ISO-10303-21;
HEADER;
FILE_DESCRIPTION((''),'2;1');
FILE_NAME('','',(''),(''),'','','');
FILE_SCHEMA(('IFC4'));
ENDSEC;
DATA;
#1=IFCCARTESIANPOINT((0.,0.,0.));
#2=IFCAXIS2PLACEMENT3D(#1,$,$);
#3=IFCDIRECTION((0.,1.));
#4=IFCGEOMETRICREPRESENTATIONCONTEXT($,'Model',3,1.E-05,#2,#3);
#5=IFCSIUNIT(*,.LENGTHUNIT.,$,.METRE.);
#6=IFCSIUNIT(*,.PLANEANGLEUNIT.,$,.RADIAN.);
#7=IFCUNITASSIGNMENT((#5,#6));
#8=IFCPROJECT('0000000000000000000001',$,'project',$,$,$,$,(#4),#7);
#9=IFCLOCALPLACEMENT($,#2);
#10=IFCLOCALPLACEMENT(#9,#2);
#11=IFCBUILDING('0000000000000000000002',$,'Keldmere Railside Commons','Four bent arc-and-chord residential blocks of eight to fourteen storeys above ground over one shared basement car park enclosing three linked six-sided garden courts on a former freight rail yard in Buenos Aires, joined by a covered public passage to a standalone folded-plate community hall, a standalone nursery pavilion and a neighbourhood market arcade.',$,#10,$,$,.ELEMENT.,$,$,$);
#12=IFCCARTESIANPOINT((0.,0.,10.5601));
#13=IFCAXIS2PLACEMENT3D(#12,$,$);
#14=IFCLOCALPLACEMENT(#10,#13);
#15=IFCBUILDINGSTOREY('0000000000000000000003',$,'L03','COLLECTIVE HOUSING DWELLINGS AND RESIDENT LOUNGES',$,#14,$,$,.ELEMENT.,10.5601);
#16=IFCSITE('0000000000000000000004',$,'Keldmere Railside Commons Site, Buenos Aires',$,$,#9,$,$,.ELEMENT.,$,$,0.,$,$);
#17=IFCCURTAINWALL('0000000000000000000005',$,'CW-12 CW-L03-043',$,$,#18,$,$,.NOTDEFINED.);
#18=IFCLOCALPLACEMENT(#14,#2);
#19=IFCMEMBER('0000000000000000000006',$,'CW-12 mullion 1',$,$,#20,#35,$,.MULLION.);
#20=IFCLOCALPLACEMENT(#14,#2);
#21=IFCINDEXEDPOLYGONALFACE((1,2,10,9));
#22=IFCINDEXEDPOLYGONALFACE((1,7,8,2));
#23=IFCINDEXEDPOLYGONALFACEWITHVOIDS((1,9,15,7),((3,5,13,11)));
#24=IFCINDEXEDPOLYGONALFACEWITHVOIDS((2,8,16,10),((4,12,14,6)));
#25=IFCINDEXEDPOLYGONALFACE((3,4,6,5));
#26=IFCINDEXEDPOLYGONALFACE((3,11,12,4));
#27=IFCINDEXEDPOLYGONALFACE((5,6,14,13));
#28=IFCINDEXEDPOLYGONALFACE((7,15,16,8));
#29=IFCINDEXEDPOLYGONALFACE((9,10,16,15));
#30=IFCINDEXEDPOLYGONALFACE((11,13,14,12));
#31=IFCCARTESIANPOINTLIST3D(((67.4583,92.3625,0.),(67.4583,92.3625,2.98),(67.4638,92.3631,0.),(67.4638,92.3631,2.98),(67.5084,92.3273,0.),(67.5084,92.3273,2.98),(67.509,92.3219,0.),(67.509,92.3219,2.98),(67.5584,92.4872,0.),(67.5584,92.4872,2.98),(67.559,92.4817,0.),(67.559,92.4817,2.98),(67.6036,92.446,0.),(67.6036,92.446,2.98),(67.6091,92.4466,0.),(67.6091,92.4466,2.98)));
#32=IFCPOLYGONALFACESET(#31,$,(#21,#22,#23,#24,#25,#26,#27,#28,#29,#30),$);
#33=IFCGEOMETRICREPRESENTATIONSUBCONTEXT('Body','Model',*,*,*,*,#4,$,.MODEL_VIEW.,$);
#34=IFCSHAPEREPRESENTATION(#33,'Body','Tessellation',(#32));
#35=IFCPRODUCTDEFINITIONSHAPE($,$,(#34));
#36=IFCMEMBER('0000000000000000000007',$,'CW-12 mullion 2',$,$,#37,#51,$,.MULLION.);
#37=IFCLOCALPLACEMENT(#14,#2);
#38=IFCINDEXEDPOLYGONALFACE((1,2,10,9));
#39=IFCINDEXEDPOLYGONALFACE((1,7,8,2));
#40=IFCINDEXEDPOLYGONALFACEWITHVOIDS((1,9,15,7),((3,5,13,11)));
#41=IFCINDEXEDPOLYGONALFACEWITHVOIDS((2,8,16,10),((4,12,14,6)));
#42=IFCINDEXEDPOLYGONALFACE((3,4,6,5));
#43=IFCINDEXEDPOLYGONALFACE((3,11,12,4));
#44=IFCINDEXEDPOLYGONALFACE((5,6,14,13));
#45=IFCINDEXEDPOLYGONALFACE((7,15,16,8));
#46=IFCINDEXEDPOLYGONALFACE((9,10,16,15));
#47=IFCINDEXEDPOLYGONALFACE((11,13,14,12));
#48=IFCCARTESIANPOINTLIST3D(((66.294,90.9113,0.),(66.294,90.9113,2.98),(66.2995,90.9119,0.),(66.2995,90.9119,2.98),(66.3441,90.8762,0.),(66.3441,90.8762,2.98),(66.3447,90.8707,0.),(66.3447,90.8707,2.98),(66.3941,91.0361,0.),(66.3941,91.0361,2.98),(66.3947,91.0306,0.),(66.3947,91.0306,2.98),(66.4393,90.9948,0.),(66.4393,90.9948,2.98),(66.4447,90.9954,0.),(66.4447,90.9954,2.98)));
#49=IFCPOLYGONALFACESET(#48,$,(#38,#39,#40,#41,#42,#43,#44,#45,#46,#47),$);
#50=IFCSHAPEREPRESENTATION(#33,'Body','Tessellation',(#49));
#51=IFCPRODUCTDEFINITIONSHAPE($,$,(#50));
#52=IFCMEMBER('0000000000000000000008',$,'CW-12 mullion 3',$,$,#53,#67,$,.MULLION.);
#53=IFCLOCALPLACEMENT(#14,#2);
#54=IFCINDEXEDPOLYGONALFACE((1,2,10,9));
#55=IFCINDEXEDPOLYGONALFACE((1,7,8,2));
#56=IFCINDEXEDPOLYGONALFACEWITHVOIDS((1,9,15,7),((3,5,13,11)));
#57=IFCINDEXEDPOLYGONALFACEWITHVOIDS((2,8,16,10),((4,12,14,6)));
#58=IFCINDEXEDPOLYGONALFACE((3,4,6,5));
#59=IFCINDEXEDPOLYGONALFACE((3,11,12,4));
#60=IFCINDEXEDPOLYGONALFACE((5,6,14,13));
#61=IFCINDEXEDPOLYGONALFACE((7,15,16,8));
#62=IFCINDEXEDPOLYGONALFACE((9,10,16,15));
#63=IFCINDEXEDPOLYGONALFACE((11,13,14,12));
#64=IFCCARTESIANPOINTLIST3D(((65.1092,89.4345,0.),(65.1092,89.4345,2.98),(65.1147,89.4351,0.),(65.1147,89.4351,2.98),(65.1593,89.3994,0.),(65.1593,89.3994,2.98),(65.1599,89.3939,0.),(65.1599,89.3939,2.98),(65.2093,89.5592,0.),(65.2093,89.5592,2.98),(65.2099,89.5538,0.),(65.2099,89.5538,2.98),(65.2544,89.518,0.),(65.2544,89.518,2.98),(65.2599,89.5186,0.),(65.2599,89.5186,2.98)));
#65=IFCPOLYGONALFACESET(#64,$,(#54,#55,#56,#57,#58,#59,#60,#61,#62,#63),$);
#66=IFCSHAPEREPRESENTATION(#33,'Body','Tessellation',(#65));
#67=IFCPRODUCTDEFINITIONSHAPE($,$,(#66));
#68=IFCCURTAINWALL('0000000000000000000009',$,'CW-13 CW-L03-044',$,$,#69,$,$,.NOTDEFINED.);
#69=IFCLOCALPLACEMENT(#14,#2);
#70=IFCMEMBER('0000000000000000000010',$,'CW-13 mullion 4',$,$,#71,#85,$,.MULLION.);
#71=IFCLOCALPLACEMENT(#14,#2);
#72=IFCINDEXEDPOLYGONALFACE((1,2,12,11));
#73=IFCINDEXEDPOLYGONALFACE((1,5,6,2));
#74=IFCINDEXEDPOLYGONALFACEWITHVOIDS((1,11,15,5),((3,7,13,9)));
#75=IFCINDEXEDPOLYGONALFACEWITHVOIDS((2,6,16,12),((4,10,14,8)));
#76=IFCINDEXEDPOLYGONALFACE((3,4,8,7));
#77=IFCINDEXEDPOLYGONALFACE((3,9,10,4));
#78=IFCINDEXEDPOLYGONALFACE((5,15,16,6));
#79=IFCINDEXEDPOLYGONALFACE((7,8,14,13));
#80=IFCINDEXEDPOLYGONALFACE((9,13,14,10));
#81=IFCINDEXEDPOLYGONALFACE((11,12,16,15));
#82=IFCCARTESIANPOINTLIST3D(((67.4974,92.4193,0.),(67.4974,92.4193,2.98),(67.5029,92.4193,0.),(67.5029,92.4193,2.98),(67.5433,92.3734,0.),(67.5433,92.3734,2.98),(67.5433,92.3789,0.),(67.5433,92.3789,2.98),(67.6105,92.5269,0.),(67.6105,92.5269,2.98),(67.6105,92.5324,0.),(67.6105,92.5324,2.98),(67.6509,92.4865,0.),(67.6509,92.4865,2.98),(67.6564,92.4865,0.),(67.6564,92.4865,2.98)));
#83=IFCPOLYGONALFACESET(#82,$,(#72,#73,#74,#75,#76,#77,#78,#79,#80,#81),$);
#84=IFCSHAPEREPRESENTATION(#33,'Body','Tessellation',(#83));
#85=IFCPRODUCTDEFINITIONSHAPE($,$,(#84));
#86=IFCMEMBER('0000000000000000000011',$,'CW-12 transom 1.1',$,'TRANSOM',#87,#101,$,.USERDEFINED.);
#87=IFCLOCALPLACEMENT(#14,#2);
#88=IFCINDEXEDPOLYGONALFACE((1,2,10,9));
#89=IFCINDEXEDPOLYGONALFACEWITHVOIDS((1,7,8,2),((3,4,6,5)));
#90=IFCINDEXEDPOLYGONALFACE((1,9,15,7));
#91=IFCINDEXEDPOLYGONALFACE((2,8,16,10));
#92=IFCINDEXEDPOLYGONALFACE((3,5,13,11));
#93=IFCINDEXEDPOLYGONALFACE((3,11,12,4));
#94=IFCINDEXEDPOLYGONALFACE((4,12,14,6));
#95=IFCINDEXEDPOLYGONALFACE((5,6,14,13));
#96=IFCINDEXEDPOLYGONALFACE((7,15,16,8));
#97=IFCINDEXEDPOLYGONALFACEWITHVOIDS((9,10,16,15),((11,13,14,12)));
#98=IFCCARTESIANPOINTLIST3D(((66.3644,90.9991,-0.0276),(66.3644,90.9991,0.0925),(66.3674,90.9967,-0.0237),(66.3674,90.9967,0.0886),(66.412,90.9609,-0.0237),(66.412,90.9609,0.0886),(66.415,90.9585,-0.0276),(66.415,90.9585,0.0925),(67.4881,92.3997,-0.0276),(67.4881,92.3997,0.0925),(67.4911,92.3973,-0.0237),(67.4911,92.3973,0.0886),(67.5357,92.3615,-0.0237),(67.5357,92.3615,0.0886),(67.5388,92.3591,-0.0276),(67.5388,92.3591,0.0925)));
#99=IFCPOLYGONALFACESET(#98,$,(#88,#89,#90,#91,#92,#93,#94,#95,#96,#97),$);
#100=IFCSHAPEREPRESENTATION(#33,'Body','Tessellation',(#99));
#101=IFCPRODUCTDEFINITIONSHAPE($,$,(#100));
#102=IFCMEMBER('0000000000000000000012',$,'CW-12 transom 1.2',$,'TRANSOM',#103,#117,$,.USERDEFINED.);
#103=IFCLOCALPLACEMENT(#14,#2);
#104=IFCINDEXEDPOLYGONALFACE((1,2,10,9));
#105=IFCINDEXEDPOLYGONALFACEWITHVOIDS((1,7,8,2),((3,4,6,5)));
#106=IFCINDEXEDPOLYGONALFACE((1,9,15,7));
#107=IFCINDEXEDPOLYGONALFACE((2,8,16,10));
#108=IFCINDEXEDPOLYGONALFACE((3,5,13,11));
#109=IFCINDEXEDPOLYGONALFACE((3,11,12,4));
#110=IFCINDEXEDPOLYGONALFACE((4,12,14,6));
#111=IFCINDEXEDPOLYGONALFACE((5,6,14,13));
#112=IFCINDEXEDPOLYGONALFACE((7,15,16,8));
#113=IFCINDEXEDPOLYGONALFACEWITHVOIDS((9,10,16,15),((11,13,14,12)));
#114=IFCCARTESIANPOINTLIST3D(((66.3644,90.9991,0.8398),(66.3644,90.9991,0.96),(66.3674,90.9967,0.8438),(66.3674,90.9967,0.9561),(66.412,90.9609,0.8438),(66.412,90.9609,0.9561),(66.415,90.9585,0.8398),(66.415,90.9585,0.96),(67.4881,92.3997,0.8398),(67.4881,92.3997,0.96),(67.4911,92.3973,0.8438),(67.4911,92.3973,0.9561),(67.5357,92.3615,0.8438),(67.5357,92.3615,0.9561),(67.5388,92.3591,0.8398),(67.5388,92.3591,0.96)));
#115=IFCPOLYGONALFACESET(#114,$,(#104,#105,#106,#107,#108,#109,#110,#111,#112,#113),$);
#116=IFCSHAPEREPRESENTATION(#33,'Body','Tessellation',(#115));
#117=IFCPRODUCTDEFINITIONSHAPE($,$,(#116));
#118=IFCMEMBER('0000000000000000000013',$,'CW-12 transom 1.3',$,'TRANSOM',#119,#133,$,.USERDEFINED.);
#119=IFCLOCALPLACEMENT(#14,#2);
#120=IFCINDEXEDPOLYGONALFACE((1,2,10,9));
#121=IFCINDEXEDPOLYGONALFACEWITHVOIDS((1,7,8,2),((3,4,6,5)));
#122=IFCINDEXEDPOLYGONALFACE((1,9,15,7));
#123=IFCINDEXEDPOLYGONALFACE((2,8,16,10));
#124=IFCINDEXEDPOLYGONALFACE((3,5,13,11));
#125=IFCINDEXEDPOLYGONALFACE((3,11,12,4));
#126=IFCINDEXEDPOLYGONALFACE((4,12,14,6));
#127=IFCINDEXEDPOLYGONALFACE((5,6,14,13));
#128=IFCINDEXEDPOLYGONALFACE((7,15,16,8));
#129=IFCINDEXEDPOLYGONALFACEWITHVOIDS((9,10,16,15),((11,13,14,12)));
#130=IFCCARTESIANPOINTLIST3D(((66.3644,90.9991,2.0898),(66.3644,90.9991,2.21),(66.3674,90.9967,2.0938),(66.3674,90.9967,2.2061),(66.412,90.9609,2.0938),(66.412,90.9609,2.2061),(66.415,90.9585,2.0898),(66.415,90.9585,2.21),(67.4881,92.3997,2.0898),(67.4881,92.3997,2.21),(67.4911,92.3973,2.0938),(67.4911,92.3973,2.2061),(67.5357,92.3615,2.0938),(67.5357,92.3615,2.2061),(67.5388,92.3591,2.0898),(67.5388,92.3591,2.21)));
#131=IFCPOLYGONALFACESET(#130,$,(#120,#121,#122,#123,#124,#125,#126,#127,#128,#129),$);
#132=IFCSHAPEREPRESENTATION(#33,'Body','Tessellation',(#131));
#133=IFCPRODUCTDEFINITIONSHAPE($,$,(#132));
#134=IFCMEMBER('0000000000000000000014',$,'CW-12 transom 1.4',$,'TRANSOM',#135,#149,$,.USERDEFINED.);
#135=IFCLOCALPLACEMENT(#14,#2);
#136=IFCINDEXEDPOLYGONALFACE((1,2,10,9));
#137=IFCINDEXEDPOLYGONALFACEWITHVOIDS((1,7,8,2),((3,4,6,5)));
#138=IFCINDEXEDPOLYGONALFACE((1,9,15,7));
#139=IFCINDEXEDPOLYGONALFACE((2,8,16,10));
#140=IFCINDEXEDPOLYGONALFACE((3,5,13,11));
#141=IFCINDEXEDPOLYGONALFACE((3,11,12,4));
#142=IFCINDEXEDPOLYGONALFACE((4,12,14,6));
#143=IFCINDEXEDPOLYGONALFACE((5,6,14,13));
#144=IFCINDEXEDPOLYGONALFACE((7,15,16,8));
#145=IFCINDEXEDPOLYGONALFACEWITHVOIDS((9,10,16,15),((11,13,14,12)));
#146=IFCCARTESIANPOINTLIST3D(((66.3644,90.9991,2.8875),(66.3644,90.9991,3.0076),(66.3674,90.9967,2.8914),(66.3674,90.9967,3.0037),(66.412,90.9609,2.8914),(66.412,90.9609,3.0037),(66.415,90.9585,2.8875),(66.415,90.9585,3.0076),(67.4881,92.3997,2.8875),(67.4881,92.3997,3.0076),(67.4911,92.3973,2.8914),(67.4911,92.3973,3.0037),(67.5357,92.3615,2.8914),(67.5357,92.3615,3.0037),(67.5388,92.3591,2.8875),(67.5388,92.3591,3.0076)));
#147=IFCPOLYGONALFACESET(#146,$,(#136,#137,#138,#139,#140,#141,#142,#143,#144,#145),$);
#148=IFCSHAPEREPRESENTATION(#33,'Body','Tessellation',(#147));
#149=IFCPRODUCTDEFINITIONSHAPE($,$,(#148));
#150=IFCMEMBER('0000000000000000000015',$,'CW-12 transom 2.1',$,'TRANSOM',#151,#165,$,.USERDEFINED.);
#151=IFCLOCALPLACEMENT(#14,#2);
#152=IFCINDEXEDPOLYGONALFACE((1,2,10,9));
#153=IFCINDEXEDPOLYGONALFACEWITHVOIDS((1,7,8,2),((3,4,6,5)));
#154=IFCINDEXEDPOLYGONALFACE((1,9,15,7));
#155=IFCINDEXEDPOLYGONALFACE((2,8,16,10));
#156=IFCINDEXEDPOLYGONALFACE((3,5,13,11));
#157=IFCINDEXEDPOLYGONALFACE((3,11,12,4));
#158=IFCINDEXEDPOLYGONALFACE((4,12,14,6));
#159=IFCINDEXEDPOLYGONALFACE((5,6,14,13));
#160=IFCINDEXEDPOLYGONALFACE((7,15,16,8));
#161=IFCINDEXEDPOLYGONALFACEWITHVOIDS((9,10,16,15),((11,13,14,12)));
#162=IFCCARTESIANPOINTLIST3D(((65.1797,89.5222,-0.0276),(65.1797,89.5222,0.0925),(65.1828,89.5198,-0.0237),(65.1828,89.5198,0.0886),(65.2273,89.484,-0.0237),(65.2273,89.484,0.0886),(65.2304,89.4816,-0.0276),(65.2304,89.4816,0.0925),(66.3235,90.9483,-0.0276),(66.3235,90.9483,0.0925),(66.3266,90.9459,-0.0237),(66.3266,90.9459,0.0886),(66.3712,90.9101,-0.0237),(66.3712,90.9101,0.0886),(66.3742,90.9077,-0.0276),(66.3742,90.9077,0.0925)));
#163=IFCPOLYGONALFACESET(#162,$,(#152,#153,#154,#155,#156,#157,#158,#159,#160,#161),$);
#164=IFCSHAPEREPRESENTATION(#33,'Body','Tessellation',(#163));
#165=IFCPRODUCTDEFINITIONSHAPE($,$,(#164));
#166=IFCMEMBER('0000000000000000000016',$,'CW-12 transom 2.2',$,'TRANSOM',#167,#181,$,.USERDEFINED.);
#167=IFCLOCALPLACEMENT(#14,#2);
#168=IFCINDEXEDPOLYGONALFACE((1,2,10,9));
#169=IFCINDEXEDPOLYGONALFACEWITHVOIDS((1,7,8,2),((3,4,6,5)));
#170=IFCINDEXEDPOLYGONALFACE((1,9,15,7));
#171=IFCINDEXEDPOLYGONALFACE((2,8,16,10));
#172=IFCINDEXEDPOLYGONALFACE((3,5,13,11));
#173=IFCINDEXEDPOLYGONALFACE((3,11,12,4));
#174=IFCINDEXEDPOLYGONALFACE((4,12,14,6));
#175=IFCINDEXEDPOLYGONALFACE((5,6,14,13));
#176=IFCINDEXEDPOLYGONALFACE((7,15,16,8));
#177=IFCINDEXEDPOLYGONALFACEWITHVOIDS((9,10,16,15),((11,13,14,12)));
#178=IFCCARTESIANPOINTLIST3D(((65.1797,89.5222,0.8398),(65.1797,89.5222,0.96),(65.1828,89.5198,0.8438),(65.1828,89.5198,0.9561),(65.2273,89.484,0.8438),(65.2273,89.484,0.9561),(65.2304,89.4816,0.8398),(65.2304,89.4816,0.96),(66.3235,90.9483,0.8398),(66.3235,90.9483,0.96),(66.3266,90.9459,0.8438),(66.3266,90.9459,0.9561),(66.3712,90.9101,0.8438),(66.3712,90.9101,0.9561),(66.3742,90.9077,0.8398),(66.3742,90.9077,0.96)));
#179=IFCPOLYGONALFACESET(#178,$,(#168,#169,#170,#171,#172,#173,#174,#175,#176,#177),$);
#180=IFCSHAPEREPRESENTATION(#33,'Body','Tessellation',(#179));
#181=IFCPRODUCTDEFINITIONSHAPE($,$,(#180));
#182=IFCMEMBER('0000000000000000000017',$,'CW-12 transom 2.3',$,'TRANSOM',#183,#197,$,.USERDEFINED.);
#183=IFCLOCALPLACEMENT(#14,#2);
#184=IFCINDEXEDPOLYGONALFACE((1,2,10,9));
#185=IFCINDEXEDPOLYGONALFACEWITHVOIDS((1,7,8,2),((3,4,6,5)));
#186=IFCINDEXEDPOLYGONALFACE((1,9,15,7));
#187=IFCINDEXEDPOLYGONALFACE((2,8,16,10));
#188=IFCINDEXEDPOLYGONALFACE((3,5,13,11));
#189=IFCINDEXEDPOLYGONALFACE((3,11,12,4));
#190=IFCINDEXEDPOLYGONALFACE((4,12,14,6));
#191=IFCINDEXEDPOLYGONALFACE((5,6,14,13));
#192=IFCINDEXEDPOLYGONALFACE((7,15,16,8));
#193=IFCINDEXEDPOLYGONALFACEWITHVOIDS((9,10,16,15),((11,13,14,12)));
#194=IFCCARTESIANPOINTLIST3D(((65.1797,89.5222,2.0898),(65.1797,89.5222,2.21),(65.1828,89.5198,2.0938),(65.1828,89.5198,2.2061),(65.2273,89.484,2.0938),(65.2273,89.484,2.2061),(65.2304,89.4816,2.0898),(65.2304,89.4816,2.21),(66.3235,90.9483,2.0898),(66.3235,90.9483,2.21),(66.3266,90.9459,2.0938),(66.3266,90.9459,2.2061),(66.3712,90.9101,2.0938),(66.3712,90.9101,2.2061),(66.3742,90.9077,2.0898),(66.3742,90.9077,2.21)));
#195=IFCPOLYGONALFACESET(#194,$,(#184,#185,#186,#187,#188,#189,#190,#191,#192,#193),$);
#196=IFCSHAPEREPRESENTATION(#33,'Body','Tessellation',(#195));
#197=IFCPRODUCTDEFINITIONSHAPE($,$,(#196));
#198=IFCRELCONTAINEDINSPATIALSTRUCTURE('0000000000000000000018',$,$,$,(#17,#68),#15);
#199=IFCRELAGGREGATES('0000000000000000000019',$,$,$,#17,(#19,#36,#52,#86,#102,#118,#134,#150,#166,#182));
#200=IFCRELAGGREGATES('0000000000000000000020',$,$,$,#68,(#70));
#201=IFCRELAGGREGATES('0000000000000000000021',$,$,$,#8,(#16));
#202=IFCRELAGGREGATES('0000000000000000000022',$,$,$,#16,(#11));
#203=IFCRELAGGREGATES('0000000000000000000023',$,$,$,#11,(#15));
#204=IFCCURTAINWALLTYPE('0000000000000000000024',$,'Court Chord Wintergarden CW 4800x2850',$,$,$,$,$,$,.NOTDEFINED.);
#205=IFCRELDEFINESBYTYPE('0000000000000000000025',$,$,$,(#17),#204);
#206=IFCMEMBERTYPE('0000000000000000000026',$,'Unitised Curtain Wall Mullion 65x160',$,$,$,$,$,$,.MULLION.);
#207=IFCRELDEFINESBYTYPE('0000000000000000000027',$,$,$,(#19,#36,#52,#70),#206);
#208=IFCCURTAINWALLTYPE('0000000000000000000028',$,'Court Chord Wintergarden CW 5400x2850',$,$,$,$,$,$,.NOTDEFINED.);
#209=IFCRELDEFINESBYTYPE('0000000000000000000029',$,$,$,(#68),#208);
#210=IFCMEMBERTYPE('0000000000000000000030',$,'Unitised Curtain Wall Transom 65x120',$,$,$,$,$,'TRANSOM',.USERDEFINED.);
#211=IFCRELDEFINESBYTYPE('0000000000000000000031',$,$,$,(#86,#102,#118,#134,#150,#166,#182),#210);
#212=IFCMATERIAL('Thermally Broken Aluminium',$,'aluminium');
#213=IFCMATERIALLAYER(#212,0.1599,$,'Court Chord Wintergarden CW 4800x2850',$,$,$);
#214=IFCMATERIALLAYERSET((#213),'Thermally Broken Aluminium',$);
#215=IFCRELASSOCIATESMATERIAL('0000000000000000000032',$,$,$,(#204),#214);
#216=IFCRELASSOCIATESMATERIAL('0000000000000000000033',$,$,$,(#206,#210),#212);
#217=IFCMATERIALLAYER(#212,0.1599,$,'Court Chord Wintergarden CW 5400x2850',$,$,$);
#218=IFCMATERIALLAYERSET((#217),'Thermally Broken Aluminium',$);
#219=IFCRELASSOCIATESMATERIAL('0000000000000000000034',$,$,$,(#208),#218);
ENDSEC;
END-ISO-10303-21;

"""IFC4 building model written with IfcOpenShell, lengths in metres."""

from ifc_helpers import new_model, si_unit, direction, frame, origin, origin_2d, place, context, subcontext, project, spatial, hollow_rectangle, extrude, material, layer, layer_set, material_profile, profile_set, type_object, element, aggregate, save


model = new_model("IFC4")

# Units and contexts
model_context = context("Model", 3, precision=1e-05, world=origin(), true_north=direction((0.0, 1.0)))
body_context = subcontext(model_context, "Body", "Model", "MODEL_VIEW")
ifc_project = project(units=[si_unit("LENGTHUNIT", "METRE"), si_unit("PLANEANGLEUNIT", "RADIAN")], contexts=[model_context])

# Site, building, storey
site_placement = place(None, origin())
site = spatial("IfcSite", under=ifc_project, at=site_placement, Name="Keldmere Railside Commons Site, Buenos Aires", CompositionType="ELEMENT", RefElevation=0.0)
building_placement = place(site_placement, origin())
building = spatial("IfcBuilding", under=site, at=building_placement, Name="Keldmere Railside Commons", Description="Four bent arc-and-chord residential blocks of eight to fourteen storeys above ground over one shared basement car park enclosing three linked six-sided garden courts on a former freight rail yard in Buenos Aires, joined by a covered public passage to a standalone folded-plate community hall, a standalone nursery pavilion and a neighbourhood market arcade.", CompositionType="ELEMENT")
storey_placement = place(building_placement, frame((0.0, 0.0, 10.5601)))
storey = spatial("IfcBuildingStorey", under=building, at=storey_placement, Name="L03", Description="COLLECTIVE HOUSING DWELLINGS AND RESIDENT LOUNGES", CompositionType="ELEMENT", Elevation=10.5601)

# Curtain wall, members
ifc_material_1 = material(Name="Thermally Broken Aluminium", Category="aluminium")
ifc_layer_1 = layer(ifc_material_1, 0.1599, Name="Court Chord Wintergarden CW 4800x2850")
ifc_layer_set_1 = layer_set([ifc_layer_1], Name="Thermally Broken Aluminium")
curtain_wall_type_1 = type_object("IfcCurtainWallType", Name="Court Chord Wintergarden CW 4800x2850", PredefinedType="NOTDEFINED", material=ifc_layer_set_1)
curtain_wall_1_placement = place(storey_placement, origin())
curtain_wall_1 = element("IfcCurtainWall", 1, at=curtain_wall_1_placement, inside=storey, type_object=curtain_wall_type_1, Name="CW-12 CW-L03-043", PredefinedType="NOTDEFINED")
ifc_material_profile_1 = material_profile(ifc_material_1, hollow_rectangle(XDim=0.0649, YDim=0.1599, WallThickness=0.0039, at=origin_2d()), Name="ALU-MULL-65x160")
ifc_profile_set_1 = profile_set([ifc_material_profile_1], Name="Thermally Broken Aluminium")
member_type_1 = type_object("IfcMemberType", Name="Unitised Curtain Wall Mullion 65x160", PredefinedType="MULLION", material=ifc_profile_set_1)
member_1_placement = place(storey_placement, frame((67.5337, 92.4045, 0.0), z_axis=(0.0, 0.0, 1.0), x_axis=(0.780009, -0.625768, 0.0)))
member_1 = element("IfcMember", 2, at=member_1_placement, type_object=member_type_1, Name="CW-12 mullion 1", PredefinedType="MULLION", context=body_context, shape_type="SweptSolid", body=[
    extrude(hollow_rectangle(XDim=0.0649, YDim=0.1599, WallThickness=0.0039, at=origin_2d()), origin(), (0.0, 0.0, 1.0), 2.98),
])
member_2_placement = place(storey_placement, frame((66.3694, 90.9534, 0.0), z_axis=(0.0, 0.0, 1.0), x_axis=(0.780009, -0.625768, 0.0)))
member_2 = element("IfcMember", 3, at=member_2_placement, type_object=member_type_1, Name="CW-12 mullion 2", PredefinedType="MULLION", context=body_context, shape_type="SweptSolid", body=[
    extrude(hollow_rectangle(XDim=0.0649, YDim=0.1599, WallThickness=0.0039, at=origin_2d()), origin(), (0.0, 0.0, 1.0), 2.98),
])
member_3_placement = place(storey_placement, frame((65.1846, 89.4766, 0.0), z_axis=(0.0, 0.0, 1.0), x_axis=(0.780009, -0.625768, 0.0)))
member_3 = element("IfcMember", 4, at=member_3_placement, type_object=member_type_1, Name="CW-12 mullion 3", PredefinedType="MULLION", context=body_context, shape_type="SweptSolid", body=[
    extrude(hollow_rectangle(XDim=0.0649, YDim=0.1599, WallThickness=0.0039, at=origin_2d()), origin(), (0.0, 0.0, 1.0), 2.98),
])

# Curtain wall, member
ifc_layer_2 = layer(ifc_material_1, 0.1599, Name="Court Chord Wintergarden CW 5400x2850")
ifc_layer_set_2 = layer_set([ifc_layer_2], Name="Thermally Broken Aluminium")
curtain_wall_type_2 = type_object("IfcCurtainWallType", Name="Court Chord Wintergarden CW 5400x2850", PredefinedType="NOTDEFINED", material=ifc_layer_set_2)
curtain_wall_2_placement = place(storey_placement, origin())
curtain_wall_2 = element("IfcCurtainWall", 5, at=curtain_wall_2_placement, inside=storey, type_object=curtain_wall_type_2, Name="CW-13 CW-L03-044", PredefinedType="NOTDEFINED")
member_4_placement = place(storey_placement, frame((67.5769, 92.4529, 0.0), z_axis=(0.0, 0.0, 1.0), x_axis=(0.707107, -0.707107, 0.0)))
member_4 = element("IfcMember", 6, at=member_4_placement, type_object=member_type_1, Name="CW-13 mullion 4", PredefinedType="MULLION", context=body_context, shape_type="SweptSolid", body=[
    extrude(hollow_rectangle(XDim=0.0649, YDim=0.1599, WallThickness=0.0039, at=origin_2d()), origin(), (0.0, 0.0, 1.0), 2.98),
])

# Members
ifc_material_profile_2 = material_profile(ifc_material_1, hollow_rectangle(XDim=0.0649, YDim=0.1201, WallThickness=0.0039, at=origin_2d()), Name="ALU-TRAN-65x120")
ifc_profile_set_2 = profile_set([ifc_material_profile_2], Name="Thermally Broken Aluminium")
member_type_2 = type_object("IfcMemberType", Name="Unitised Curtain Wall Transom 65x120", ElementType="TRANSOM", PredefinedType="USERDEFINED", material=ifc_profile_set_2)
member_5_placement = place(storey_placement, frame((67.5134, 92.3794, 0.0325), z_axis=(-0.625805, -0.779979, 0.0), x_axis=(0.779979, -0.625805, 0.0)))
member_5 = element("IfcMember", 7, at=member_5_placement, type_object=member_type_2, Name="CW-12 transom 1.1", ObjectType="TRANSOM", PredefinedType="USERDEFINED", context=body_context, shape_type="SweptSolid", body=[
    extrude(hollow_rectangle(XDim=0.0649, YDim=0.1201, WallThickness=0.0039, at=origin_2d()), origin(), (0.0, 0.0, 1.0), 1.7957),
])
member_6_placement = place(storey_placement, frame((67.5134, 92.3794, 0.8999), z_axis=(-0.625805, -0.779979, 0.0), x_axis=(0.779979, -0.625805, 0.0)))
member_6 = element("IfcMember", 8, at=member_6_placement, type_object=member_type_2, Name="CW-12 transom 1.2", ObjectType="TRANSOM", PredefinedType="USERDEFINED", context=body_context, shape_type="SweptSolid", body=[
    extrude(hollow_rectangle(XDim=0.0649, YDim=0.1201, WallThickness=0.0039, at=origin_2d()), origin(), (0.0, 0.0, 1.0), 1.7957),
])
member_7_placement = place(storey_placement, frame((67.5134, 92.3794, 2.1499), z_axis=(-0.625805, -0.779979, 0.0), x_axis=(0.779979, -0.625805, 0.0)))
member_7 = element("IfcMember", 9, at=member_7_placement, type_object=member_type_2, Name="CW-12 transom 1.3", ObjectType="TRANSOM", PredefinedType="USERDEFINED", context=body_context, shape_type="SweptSolid", body=[
    extrude(hollow_rectangle(XDim=0.0649, YDim=0.1201, WallThickness=0.0039, at=origin_2d()), origin(), (0.0, 0.0, 1.0), 1.7957),
])
member_8_placement = place(storey_placement, frame((67.5134, 92.3794, 2.9475), z_axis=(-0.625805, -0.779979, 0.0), x_axis=(0.779979, -0.625805, 0.0)))
member_8 = element("IfcMember", 10, at=member_8_placement, type_object=member_type_2, Name="CW-12 transom 1.4", ObjectType="TRANSOM", PredefinedType="USERDEFINED", context=body_context, shape_type="SweptSolid", body=[
    extrude(hollow_rectangle(XDim=0.0649, YDim=0.1201, WallThickness=0.0039, at=origin_2d()), origin(), (0.0, 0.0, 1.0), 1.7957),
])
member_9_placement = place(storey_placement, frame((66.3489, 90.928, 0.0325), z_axis=(-0.625688, -0.780073, 0.0), x_axis=(0.780073, -0.625688, 0.0)))
member_9 = element("IfcMember", 11, at=member_9_placement, type_object=member_type_2, Name="CW-12 transom 2.1", ObjectType="TRANSOM", PredefinedType="USERDEFINED", context=body_context, shape_type="SweptSolid", body=[
    extrude(hollow_rectangle(XDim=0.0649, YDim=0.1201, WallThickness=0.0039, at=origin_2d()), origin(), (0.0, 0.0, 1.0), 1.8281),
])
member_10_placement = place(storey_placement, frame((66.3489, 90.928, 0.8999), z_axis=(-0.625688, -0.780073, 0.0), x_axis=(0.780073, -0.625688, 0.0)))
member_10 = element("IfcMember", 12, at=member_10_placement, type_object=member_type_2, Name="CW-12 transom 2.2", ObjectType="TRANSOM", PredefinedType="USERDEFINED", context=body_context, shape_type="SweptSolid", body=[
    extrude(hollow_rectangle(XDim=0.0649, YDim=0.1201, WallThickness=0.0039, at=origin_2d()), origin(), (0.0, 0.0, 1.0), 1.8281),
])
member_11_placement = place(storey_placement, frame((66.3489, 90.928, 2.1499), z_axis=(-0.625688, -0.780073, 0.0), x_axis=(0.780073, -0.625688, 0.0)))
member_11 = element("IfcMember", 13, at=member_11_placement, type_object=member_type_2, Name="CW-12 transom 2.3", ObjectType="TRANSOM", PredefinedType="USERDEFINED", context=body_context, shape_type="SweptSolid", body=[
    extrude(hollow_rectangle(XDim=0.0649, YDim=0.1201, WallThickness=0.0039, at=origin_2d()), origin(), (0.0, 0.0, 1.0), 1.8281),
])

aggregate(curtain_wall_1, [member_1, member_2, member_3, member_5, member_6, member_7, member_8, member_9, member_10, member_11])
aggregate(curtain_wall_2, [member_4])

save(model, "model.ifc")
